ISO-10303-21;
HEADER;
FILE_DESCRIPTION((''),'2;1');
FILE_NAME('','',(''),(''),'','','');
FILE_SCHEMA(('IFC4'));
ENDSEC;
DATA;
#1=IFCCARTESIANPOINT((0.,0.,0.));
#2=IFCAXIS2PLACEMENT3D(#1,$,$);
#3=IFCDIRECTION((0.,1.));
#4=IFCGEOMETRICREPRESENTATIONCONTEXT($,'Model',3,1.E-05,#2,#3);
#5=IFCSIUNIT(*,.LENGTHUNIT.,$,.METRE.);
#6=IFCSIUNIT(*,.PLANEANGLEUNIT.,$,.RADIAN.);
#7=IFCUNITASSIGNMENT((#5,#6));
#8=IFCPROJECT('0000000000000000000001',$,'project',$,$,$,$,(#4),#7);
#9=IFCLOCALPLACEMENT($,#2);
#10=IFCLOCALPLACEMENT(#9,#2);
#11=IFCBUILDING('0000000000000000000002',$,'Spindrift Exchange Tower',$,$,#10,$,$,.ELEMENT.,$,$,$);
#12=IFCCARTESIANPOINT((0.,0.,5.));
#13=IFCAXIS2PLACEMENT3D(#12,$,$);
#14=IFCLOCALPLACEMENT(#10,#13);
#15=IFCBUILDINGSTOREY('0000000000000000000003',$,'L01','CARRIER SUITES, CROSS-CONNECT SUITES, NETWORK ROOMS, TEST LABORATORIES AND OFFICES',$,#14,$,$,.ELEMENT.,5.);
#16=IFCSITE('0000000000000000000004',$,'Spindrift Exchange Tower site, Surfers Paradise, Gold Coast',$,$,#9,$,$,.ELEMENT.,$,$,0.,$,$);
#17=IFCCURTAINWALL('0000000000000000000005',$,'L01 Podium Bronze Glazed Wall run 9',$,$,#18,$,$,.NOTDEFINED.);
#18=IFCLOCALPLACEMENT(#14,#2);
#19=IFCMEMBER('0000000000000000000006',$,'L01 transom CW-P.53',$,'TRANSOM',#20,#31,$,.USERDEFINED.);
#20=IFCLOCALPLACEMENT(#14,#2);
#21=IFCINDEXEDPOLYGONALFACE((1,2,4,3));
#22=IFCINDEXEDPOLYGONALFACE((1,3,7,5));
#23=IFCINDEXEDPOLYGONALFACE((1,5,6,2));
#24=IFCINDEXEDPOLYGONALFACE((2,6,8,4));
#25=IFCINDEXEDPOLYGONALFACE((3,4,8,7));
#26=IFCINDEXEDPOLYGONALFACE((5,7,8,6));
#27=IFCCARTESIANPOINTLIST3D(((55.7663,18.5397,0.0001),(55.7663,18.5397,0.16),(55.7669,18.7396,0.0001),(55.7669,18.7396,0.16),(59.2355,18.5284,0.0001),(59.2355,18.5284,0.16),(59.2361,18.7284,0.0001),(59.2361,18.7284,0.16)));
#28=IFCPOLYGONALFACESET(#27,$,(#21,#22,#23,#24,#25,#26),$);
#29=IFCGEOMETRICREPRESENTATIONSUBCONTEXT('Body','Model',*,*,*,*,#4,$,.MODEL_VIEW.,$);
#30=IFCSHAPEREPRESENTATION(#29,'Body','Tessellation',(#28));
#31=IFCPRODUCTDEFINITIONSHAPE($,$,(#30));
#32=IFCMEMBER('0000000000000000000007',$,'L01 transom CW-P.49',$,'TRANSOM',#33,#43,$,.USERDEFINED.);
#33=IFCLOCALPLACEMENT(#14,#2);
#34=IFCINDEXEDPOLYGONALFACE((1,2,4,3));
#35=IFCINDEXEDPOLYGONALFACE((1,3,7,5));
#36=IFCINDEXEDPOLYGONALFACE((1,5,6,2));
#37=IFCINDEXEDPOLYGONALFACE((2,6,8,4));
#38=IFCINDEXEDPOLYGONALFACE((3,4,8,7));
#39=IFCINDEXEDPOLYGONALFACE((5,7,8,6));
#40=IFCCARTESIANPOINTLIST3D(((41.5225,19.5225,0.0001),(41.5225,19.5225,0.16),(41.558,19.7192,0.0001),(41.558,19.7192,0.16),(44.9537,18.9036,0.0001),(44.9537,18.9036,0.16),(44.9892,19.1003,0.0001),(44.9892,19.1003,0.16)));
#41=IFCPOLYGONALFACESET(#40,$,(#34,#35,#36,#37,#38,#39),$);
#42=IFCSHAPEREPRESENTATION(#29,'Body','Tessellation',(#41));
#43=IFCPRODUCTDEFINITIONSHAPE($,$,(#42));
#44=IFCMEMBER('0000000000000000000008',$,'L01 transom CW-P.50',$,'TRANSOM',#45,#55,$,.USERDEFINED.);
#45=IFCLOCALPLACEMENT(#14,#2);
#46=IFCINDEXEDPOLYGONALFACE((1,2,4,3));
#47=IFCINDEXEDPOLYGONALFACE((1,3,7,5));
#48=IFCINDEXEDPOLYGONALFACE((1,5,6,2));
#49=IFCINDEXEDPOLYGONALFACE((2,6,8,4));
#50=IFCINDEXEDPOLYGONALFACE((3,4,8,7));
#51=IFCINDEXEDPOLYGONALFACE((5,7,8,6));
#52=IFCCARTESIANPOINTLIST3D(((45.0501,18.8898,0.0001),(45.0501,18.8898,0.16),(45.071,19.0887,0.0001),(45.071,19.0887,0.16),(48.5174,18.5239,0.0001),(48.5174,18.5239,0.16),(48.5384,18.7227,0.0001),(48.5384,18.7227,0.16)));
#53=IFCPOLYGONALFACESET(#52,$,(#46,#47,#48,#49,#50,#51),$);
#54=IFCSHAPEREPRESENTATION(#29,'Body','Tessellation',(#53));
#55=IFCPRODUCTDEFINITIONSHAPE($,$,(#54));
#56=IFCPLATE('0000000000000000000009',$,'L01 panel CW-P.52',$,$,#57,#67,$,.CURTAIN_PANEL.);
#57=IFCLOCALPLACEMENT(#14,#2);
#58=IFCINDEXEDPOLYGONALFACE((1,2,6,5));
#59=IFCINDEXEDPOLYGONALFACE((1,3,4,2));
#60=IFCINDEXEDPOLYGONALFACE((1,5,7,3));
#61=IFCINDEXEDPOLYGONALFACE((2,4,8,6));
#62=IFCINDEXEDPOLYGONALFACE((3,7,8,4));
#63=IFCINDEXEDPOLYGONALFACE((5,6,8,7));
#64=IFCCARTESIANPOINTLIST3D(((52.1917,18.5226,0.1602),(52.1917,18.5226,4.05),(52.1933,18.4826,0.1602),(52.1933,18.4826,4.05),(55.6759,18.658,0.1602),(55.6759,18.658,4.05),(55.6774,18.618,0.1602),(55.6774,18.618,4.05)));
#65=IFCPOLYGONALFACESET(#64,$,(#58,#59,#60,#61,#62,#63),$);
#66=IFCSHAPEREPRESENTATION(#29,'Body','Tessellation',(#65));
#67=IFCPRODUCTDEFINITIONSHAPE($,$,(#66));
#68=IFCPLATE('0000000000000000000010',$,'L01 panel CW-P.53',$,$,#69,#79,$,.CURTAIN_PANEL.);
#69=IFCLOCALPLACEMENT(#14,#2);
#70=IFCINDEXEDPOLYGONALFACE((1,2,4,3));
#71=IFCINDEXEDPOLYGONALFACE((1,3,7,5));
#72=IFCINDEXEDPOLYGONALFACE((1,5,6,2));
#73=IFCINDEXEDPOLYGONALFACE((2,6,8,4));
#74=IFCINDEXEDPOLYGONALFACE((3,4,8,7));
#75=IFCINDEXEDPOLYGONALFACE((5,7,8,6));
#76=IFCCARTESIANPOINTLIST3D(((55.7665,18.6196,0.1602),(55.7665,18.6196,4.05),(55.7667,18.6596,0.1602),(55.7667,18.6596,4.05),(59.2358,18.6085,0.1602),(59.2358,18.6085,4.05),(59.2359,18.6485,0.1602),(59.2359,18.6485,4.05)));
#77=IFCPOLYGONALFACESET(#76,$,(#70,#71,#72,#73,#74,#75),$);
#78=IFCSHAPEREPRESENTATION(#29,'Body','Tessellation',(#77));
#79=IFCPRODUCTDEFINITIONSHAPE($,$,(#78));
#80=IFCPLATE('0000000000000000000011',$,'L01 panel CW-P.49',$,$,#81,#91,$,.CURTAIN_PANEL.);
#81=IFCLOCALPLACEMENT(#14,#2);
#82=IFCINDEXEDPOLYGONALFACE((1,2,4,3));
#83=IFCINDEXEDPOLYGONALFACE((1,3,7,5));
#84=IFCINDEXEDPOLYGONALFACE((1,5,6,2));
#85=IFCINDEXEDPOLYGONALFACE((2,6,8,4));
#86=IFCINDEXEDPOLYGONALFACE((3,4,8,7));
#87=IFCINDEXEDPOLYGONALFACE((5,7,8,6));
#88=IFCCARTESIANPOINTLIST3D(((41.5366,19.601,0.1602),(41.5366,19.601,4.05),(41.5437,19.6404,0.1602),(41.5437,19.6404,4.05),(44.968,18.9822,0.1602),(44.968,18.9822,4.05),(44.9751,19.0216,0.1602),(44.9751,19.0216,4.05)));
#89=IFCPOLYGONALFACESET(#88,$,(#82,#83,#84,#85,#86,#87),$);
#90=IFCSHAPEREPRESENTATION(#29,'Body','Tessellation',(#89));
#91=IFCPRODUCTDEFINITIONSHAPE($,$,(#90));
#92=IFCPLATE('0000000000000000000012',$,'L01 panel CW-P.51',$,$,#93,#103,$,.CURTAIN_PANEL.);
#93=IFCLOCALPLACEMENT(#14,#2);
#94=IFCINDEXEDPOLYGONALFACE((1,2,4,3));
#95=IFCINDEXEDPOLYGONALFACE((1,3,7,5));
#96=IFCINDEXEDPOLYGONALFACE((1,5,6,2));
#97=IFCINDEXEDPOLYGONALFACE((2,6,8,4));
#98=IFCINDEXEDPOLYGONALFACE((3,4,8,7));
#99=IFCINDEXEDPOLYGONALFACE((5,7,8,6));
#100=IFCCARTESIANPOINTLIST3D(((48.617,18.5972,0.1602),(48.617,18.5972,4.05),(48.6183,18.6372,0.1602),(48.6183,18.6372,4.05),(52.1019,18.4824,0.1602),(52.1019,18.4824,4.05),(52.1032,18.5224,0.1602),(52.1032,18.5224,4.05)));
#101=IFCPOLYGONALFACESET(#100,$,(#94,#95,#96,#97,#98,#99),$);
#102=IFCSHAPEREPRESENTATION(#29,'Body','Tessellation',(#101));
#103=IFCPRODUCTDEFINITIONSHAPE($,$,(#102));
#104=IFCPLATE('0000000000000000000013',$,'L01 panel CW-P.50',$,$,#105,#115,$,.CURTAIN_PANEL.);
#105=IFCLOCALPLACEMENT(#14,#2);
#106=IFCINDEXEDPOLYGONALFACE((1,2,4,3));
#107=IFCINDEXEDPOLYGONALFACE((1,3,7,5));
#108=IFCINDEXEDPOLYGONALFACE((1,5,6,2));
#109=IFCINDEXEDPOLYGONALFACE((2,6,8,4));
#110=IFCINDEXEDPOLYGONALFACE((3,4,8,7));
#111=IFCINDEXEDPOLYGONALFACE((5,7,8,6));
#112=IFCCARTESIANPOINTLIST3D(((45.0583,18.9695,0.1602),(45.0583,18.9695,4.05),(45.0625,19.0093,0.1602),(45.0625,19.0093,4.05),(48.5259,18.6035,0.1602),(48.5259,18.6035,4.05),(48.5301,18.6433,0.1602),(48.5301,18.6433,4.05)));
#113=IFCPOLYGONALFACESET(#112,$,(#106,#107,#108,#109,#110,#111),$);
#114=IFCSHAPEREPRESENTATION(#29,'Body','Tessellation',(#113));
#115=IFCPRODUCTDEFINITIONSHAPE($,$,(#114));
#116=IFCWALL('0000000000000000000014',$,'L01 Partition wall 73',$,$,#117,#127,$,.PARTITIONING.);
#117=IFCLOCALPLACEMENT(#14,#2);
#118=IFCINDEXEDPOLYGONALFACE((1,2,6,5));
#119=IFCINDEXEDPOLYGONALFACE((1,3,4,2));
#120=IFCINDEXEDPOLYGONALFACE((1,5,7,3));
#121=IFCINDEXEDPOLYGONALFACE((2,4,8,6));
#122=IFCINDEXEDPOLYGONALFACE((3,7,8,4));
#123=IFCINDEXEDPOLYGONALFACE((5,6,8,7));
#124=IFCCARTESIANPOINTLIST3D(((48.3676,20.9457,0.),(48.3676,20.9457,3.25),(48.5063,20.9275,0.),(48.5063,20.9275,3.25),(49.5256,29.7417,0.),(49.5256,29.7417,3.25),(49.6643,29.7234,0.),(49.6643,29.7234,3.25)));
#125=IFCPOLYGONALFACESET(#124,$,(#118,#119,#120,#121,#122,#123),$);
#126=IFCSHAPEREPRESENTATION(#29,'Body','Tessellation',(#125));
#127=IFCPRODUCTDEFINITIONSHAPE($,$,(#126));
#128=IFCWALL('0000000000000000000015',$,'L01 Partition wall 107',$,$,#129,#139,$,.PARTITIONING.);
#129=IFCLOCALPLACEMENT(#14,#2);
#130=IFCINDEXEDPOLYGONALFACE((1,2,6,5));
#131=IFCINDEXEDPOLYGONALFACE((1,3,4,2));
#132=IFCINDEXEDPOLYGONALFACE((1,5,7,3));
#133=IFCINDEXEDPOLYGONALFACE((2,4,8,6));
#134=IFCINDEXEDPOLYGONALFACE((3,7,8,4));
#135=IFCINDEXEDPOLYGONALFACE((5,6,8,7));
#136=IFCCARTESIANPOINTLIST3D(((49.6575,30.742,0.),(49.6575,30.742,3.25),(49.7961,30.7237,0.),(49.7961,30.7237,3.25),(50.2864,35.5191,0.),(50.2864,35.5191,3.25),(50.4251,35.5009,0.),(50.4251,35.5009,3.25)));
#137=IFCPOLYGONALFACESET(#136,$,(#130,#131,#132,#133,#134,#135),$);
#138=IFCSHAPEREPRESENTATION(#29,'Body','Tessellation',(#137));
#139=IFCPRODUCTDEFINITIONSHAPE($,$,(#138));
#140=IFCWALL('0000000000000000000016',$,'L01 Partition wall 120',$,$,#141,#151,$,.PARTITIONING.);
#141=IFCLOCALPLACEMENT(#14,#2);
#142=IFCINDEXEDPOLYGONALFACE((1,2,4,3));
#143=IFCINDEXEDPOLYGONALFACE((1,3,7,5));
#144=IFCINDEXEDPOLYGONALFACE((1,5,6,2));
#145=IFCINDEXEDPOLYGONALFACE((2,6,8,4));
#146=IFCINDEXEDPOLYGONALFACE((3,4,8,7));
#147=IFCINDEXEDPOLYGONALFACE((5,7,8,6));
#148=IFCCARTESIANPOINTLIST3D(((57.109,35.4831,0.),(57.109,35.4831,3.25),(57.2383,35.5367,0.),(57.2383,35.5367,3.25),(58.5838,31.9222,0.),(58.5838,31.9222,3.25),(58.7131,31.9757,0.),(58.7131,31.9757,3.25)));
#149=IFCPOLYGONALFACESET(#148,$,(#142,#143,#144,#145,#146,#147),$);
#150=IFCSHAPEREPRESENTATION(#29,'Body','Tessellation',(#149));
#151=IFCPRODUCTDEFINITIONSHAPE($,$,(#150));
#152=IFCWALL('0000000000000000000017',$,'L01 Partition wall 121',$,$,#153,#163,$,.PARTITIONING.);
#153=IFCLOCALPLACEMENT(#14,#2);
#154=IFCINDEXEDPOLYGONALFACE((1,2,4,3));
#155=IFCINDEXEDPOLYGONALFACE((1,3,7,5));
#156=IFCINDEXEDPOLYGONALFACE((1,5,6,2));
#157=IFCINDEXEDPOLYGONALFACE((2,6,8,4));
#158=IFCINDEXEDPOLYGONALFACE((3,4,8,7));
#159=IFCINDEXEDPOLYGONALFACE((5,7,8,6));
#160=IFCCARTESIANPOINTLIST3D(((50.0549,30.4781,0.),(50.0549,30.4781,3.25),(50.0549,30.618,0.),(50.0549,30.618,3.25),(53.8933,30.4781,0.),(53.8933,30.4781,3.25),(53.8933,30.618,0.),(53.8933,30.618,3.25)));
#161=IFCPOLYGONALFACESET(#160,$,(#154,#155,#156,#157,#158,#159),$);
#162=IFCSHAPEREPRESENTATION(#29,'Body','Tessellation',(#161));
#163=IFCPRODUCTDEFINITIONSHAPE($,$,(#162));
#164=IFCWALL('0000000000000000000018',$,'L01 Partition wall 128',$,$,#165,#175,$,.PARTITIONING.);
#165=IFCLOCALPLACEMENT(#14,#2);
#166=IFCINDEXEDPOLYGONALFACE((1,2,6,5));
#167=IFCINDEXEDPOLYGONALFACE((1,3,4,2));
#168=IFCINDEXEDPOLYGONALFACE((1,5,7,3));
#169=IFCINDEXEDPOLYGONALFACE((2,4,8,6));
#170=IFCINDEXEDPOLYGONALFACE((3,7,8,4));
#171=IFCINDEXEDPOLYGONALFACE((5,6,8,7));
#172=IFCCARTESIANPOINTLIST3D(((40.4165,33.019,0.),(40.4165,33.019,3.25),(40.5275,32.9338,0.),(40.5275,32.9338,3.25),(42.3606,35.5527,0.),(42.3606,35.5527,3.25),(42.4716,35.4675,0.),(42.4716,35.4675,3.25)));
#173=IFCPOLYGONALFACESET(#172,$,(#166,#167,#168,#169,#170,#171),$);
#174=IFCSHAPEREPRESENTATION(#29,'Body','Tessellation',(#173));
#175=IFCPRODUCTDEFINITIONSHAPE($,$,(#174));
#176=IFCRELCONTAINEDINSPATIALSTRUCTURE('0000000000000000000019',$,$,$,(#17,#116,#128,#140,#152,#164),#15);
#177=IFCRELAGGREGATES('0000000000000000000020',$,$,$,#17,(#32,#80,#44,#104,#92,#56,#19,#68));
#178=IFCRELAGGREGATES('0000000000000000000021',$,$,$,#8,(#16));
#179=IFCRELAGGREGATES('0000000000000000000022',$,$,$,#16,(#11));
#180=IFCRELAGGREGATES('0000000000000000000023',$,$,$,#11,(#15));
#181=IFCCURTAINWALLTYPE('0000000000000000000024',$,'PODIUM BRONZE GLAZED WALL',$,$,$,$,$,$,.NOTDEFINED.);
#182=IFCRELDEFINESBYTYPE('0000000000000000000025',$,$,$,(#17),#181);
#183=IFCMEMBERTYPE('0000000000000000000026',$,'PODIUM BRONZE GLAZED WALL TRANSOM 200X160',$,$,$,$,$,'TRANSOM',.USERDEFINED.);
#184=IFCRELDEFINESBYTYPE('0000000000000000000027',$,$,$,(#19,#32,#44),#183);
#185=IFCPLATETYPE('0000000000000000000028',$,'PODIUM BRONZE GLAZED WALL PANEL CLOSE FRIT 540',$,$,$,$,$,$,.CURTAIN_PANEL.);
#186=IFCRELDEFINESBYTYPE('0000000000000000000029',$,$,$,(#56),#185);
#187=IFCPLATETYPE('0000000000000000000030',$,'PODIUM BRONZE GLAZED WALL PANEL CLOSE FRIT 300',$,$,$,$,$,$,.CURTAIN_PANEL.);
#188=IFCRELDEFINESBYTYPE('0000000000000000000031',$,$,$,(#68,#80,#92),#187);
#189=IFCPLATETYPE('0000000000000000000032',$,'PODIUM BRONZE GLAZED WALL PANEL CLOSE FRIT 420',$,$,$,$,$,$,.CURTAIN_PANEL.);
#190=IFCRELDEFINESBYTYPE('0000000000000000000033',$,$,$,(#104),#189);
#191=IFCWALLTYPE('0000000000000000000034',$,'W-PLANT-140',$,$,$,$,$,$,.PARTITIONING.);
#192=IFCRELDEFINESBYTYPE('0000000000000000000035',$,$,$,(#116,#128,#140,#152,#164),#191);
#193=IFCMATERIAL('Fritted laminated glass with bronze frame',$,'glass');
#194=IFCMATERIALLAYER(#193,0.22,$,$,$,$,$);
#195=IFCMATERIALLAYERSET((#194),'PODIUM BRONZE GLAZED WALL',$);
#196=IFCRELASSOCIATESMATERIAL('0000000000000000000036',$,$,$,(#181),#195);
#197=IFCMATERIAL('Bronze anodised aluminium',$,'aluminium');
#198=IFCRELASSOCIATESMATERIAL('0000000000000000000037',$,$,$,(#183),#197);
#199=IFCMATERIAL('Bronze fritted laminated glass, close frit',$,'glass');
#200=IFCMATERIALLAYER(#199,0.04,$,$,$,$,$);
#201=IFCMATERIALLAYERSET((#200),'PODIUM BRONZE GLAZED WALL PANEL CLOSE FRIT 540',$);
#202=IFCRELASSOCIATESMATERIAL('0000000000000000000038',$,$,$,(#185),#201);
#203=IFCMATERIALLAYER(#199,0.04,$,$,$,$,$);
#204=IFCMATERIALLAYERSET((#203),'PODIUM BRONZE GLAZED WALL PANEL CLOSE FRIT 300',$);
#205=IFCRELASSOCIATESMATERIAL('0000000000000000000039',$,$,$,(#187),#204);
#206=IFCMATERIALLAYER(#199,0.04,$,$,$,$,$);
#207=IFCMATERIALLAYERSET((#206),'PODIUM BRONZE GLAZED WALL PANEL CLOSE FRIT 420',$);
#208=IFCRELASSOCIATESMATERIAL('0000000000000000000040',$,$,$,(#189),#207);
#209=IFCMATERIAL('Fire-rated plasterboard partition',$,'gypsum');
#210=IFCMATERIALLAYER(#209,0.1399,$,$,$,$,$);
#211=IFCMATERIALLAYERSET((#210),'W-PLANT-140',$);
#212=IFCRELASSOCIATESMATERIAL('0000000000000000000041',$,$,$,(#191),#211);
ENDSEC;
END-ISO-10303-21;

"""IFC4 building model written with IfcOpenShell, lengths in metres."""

from ifc_helpers import new_model, si_unit, direction, frame, frame_2d, origin, origin_2d, place, context, subcontext, project, spatial, rectangle, extrude, source, transform, mapped, material, layer, layer_set, material_profile, profile_set, type_object, element, aggregate, save


model = new_model("IFC4")

# Units and contexts
model_context = context("Model", 3, precision=1e-05, world=origin(), true_north=direction((0.0, 1.0)))
body_context = subcontext(model_context, "Body", "Model", "MODEL_VIEW")
ifc_project = project(units=[si_unit("LENGTHUNIT", "METRE"), si_unit("PLANEANGLEUNIT", "RADIAN")], contexts=[model_context])

# Site, building, storey
site_placement = place(None, origin())
site = spatial("IfcSite", under=ifc_project, at=site_placement, Name="Spindrift Exchange Tower site, Surfers Paradise, Gold Coast", CompositionType="ELEMENT", RefElevation=0.0)
building_placement = place(site_placement, origin())
building = spatial("IfcBuilding", under=site, at=building_placement, Name="Spindrift Exchange Tower", CompositionType="ELEMENT")
storey_placement = place(building_placement, frame((0.0, 0.0, 5.0)))
storey = spatial("IfcBuildingStorey", under=building, at=storey_placement, Name="L01", Description="CARRIER SUITES, CROSS-CONNECT SUITES, NETWORK ROOMS, TEST LABORATORIES AND OFFICES", CompositionType="ELEMENT", Elevation=5.0)

# Curtain wall, members, plates
ifc_material_1 = material(Name="Fritted laminated glass with bronze frame", Category="glass")
ifc_layer_1 = layer(ifc_material_1, 0.22)
ifc_layer_set_1 = layer_set([ifc_layer_1], Name="PODIUM BRONZE GLAZED WALL")
curtain_wall_type = type_object("IfcCurtainWallType", Name="PODIUM BRONZE GLAZED WALL", PredefinedType="NOTDEFINED", material=ifc_layer_set_1)
curtain_wall_placement = place(storey_placement, origin())
curtain_wall = element("IfcCurtainWall", 1, at=curtain_wall_placement, inside=storey, type_object=curtain_wall_type, Name="L01 Podium Bronze Glazed Wall run 9", PredefinedType="NOTDEFINED")
ifc_material_2 = material(Name="Bronze anodised aluminium", Category="aluminium")
ifc_material_profile_1 = material_profile(ifc_material_2, rectangle(XDim=0.2, YDim=0.1599, at=origin_2d()), Name="PODIUM BRONZE GLAZED WALL TRANSOM 200X160")
ifc_profile_set_1 = profile_set([ifc_material_profile_1], Name="Bronze anodised aluminium")
member_type_1 = type_object("IfcMemberType", Name="PODIUM BRONZE GLAZED WALL TRANSOM 200X160", ElementType="TRANSOM", PredefinedType="USERDEFINED", material=ifc_profile_set_1)
shared_shape_1 = source(origin(), body_context, "Body", "SweptSolid", [
    extrude(rectangle(XDim=0.2, YDim=0.1599, at=origin_2d()), origin(), (0.0, 0.0, 1.0), 3.4692),
])
member_1_placement = place(storey_placement, frame((55.7666, 18.6396, 0.0801), z_axis=(0.999995, -0.003237, 0.0), x_axis=(0.003237, 0.999995, 0.0)))
member_1 = element("IfcMember", 2, at=member_1_placement, type_object=member_type_1, Name="L01 transom CW-P.53", ObjectType="TRANSOM", PredefinedType="USERDEFINED", context=body_context, shape_type="MappedRepresentation", body=[
    mapped(shared_shape_1, transform((0.0, 0.0, 0.0), scale=1.0)),
])
shared_shape_2 = source(origin(), body_context, "Body", "SweptSolid", [
    extrude(rectangle(XDim=0.2, YDim=0.1599, at=origin_2d()), origin(), (0.0, 0.0, 1.0), 3.4866),
])
member_2_placement = place(storey_placement, frame((41.5403, 19.6208, 0.0801), z_axis=(0.984119, -0.177511, 0.0), x_axis=(0.177511, 0.984119, 0.0)))
member_2 = element("IfcMember", 3, at=member_2_placement, type_object=member_type_1, Name="L01 transom CW-P.49", ObjectType="TRANSOM", PredefinedType="USERDEFINED", context=body_context, shape_type="MappedRepresentation", body=[
    mapped(shared_shape_2, transform((0.0, 0.0, 0.0), scale=1.0)),
])
member_3_placement = place(storey_placement, frame((45.0605, 18.9893, 0.0801), z_axis=(0.994476, -0.104965, 0.0), x_axis=(0.104965, 0.994476, 0.0)))
member_3 = element("IfcMember", 4, at=member_3_placement, type_object=member_type_1, Name="L01 transom CW-P.50", ObjectType="TRANSOM", PredefinedType="USERDEFINED", context=body_context, shape_type="MappedRepresentation", body=[
    mapped(shared_shape_2, transform((0.0, 0.0, 0.0), scale=1.0)),
])
ifc_material_3 = material(Name="Bronze fritted laminated glass, close frit", Category="glass")
ifc_layer_2 = layer(ifc_material_3, 0.04)
ifc_layer_set_2 = layer_set([ifc_layer_2], Name="PODIUM BRONZE GLAZED WALL PANEL CLOSE FRIT 540")
plate_type_1 = type_object("IfcPlateType", Name="PODIUM BRONZE GLAZED WALL PANEL CLOSE FRIT 540", PredefinedType="CURTAIN_PANEL", material=ifc_layer_set_2)
shared_shape_3 = source(origin(), body_context, "Body", "SweptSolid", [
    extrude(rectangle(XDim=3.4868, YDim=0.04, at=origin_2d()), origin(), (0.0, 0.0, 1.0), 3.8899),
])
plate_1_placement = place(storey_placement, frame((53.9346, 18.5703, 0.1602), z_axis=(0.0, 0.0, 1.0), x_axis=(0.999246, 0.038834, 0.0)))
plate_1 = element("IfcPlate", 5, at=plate_1_placement, type_object=plate_type_1, Name="L01 panel CW-P.52", PredefinedType="CURTAIN_PANEL", context=body_context, shape_type="MappedRepresentation", body=[
    mapped(shared_shape_3, transform((0.0, 0.0, 0.0), scale=1.0)),
])
ifc_layer_3 = layer(ifc_material_3, 0.04)
ifc_layer_set_3 = layer_set([ifc_layer_3], Name="PODIUM BRONZE GLAZED WALL PANEL CLOSE FRIT 300")
plate_type_2 = type_object("IfcPlateType", Name="PODIUM BRONZE GLAZED WALL PANEL CLOSE FRIT 300", PredefinedType="CURTAIN_PANEL", material=ifc_layer_set_3)
shared_shape_4 = source(origin(), body_context, "Body", "SweptSolid", [
    extrude(rectangle(XDim=3.4692, YDim=0.04, at=origin_2d()), origin(), (0.0, 0.0, 1.0), 3.8899),
])
plate_2_placement = place(storey_placement, frame((57.5012, 18.634, 0.1602), z_axis=(0.0, 0.0, 1.0), x_axis=(0.999995, -0.003203, 0.0)))
plate_2 = element("IfcPlate", 6, at=plate_2_placement, type_object=plate_type_2, Name="L01 panel CW-P.53", PredefinedType="CURTAIN_PANEL", context=body_context, shape_type="MappedRepresentation", body=[
    mapped(shared_shape_4, transform((0.0, 0.0, 0.0), scale=1.0)),
])
shared_shape_5 = source(origin(), body_context, "Body", "SweptSolid", [
    extrude(rectangle(XDim=3.4868, YDim=0.04, at=origin_2d()), origin(), (0.0, 0.0, 1.0), 3.8899),
])
plate_3_placement = place(storey_placement, frame((43.2559, 19.3113, 0.1602), z_axis=(0.0, 0.0, 1.0), x_axis=(0.984124, -0.177483, 0.0)))
plate_3 = element("IfcPlate", 7, at=plate_3_placement, type_object=plate_type_2, Name="L01 panel CW-P.49", PredefinedType="CURTAIN_PANEL", context=body_context, shape_type="MappedRepresentation", body=[
    mapped(shared_shape_5, transform((0.0, 0.0, 0.0), scale=1.0)),
])
plate_4_placement = place(storey_placement, frame((50.3601, 18.5598, 0.1602), z_axis=(0.0, 0.0, 1.0), x_axis=(0.999457, -0.032935, 0.0)))
plate_4 = element("IfcPlate", 8, at=plate_4_placement, type_object=plate_type_2, Name="L01 panel CW-P.51", PredefinedType="CURTAIN_PANEL", context=body_context, shape_type="MappedRepresentation", body=[
    mapped(shared_shape_5, transform((0.0, 0.0, 0.0), scale=1.0)),
])
ifc_layer_4 = layer(ifc_material_3, 0.04)
ifc_layer_set_4 = layer_set([ifc_layer_4], Name="PODIUM BRONZE GLAZED WALL PANEL CLOSE FRIT 420")
plate_type_3 = type_object("IfcPlateType", Name="PODIUM BRONZE GLAZED WALL PANEL CLOSE FRIT 420", PredefinedType="CURTAIN_PANEL", material=ifc_layer_set_4)
shared_shape_6 = source(origin(), body_context, "Body", "SweptSolid", [
    extrude(rectangle(XDim=3.4868, YDim=0.04, at=origin_2d()), origin(), (0.0, 0.0, 1.0), 3.8899),
])
plate_5_placement = place(storey_placement, frame((46.7942, 18.8064, 0.1602), z_axis=(0.0, 0.0, 1.0), x_axis=(0.994477, -0.104959, 0.0)))
plate_5 = element("IfcPlate", 9, at=plate_5_placement, type_object=plate_type_3, Name="L01 panel CW-P.50", PredefinedType="CURTAIN_PANEL", context=body_context, shape_type="MappedRepresentation", body=[
    mapped(shared_shape_6, transform((0.0, 0.0, 0.0), scale=1.0)),
])
aggregate(curtain_wall, [member_2, plate_3, member_3, plate_5, plate_4, plate_1, member_1, plate_2])

# Walls
ifc_material_4 = material(Name="Fire-rated plasterboard partition", Category="gypsum")
ifc_layer_5 = layer(ifc_material_4, 0.1399)
ifc_layer_set_5 = layer_set([ifc_layer_5], Name="W-PLANT-140")
wall_type = type_object("IfcWallType", Name="W-PLANT-140", PredefinedType="PARTITIONING", material=ifc_layer_set_5)
wall_1_placement = place(storey_placement, frame((49.595, 29.7327, 0.0), z_axis=(0.0, 0.0, 1.0), x_axis=(-0.130521, -0.991445, 0.0)))
element("IfcWall", 10, at=wall_1_placement, inside=storey, type_object=wall_type, Name="L01 Partition wall 73", PredefinedType="PARTITIONING", context=body_context, shape_type="SweptSolid", body=[
    extrude(rectangle(XDim=8.8718, YDim=0.1399, at=frame_2d((4.436, 0.0))), origin(), (0.0, 0.0, 1.0), 3.25),
])
wall_2_placement = place(storey_placement, frame((50.3557, 35.51, 0.0), z_axis=(0.0, 0.0, 1.0), x_axis=(-0.130524, -0.991445, 0.0)))
element("IfcWall", 11, at=wall_2_placement, inside=storey, type_object=wall_type, Name="L01 Partition wall 107", PredefinedType="PARTITIONING", context=body_context, shape_type="SweptSolid", body=[
    extrude(rectangle(XDim=4.8184, YDim=0.1399, at=frame_2d((2.4092, 0.0))), origin(), (0.0, 0.0, 1.0), 3.25),
])
wall_3_placement = place(storey_placement, frame((57.1736, 35.51, 0.0), z_axis=(0.0, 0.0, 1.0), x_axis=(0.382645, -0.923896, 0.0)))
element("IfcWall", 12, at=wall_3_placement, inside=storey, type_object=wall_type, Name="L01 Partition wall 120", PredefinedType="PARTITIONING", context=body_context, shape_type="SweptSolid", body=[
    extrude(rectangle(XDim=3.8542, YDim=0.1399, at=frame_2d((1.9272, 0.0))), origin(), (0.0, 0.0, 1.0), 3.25),
])
wall_4_placement = place(storey_placement, frame((50.0549, 30.5481, 0.0), z_axis=(0.0, 0.0, 1.0), x_axis=(1.0, 0.0, 0.0)))
element("IfcWall", 13, at=wall_4_placement, inside=storey, type_object=wall_type, Name="L01 Partition wall 121", PredefinedType="PARTITIONING", context=body_context, shape_type="SweptSolid", body=[
    extrude(rectangle(XDim=3.8384, YDim=0.1399, at=frame_2d((1.9192, 0.0))), origin(), (0.0, 0.0, 1.0), 3.25),
])
wall_5_placement = place(storey_placement, frame((42.416, 35.51, 0.0), z_axis=(0.0, 0.0, 1.0), x_axis=(-0.608746, -0.793365, 0.0)))
element("IfcWall", 14, at=wall_5_placement, inside=storey, type_object=wall_type, Name="L01 Partition wall 128", PredefinedType="PARTITIONING", context=body_context, shape_type="SweptSolid", body=[
    extrude(rectangle(XDim=3.1936, YDim=0.1399, at=frame_2d((1.5967, 0.0))), origin(), (0.0, 0.0, 1.0), 3.25),
])

save(model, "model.ifc")
